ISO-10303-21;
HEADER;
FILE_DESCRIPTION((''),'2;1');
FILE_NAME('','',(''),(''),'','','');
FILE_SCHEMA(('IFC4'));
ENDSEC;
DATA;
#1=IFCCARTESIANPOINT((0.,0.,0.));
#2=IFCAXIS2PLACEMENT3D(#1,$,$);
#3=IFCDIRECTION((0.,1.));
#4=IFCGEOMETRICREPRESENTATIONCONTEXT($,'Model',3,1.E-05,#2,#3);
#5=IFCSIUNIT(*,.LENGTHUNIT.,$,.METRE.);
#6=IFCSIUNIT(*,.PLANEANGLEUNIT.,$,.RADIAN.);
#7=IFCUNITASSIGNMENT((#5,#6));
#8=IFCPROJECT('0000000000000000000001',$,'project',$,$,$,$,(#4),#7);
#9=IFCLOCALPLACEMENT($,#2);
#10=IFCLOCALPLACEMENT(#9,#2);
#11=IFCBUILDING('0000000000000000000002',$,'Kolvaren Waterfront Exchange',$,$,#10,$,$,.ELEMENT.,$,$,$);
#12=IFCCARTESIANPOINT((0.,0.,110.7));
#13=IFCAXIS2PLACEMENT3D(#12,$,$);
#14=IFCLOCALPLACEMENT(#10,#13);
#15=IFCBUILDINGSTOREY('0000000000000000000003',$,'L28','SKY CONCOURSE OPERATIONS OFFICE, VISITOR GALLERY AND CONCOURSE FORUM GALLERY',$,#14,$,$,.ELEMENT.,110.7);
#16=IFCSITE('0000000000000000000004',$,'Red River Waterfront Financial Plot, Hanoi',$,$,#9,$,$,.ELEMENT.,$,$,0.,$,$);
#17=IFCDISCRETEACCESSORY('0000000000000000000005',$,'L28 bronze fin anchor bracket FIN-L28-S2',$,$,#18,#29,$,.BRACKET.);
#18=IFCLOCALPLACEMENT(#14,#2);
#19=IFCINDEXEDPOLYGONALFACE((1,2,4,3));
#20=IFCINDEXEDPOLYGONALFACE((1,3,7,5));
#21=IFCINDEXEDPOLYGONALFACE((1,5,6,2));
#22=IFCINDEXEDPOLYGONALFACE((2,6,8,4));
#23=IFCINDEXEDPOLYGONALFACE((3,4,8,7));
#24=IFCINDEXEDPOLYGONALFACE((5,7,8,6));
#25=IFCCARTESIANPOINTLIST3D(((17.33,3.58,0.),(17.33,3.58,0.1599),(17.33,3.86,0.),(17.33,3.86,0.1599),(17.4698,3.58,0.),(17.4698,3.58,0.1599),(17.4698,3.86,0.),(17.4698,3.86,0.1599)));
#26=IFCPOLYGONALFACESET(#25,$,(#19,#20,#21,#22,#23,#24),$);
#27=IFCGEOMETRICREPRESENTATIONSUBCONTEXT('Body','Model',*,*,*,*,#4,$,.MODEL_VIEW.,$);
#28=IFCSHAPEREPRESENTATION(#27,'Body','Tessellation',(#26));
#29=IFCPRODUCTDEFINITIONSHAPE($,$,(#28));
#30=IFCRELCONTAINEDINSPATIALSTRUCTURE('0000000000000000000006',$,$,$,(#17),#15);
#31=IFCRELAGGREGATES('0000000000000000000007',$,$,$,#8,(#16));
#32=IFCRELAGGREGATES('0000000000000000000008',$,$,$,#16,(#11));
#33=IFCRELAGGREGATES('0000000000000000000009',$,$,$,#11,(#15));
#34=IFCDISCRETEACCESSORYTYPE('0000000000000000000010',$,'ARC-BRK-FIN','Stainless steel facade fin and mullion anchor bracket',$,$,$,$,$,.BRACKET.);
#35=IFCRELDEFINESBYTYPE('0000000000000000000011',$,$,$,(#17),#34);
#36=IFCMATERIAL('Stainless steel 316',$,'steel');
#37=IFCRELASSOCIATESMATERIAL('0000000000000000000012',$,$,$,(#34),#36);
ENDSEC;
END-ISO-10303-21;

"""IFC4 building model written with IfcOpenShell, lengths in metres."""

from ifc_helpers import new_model, si_unit, direction, frame, origin, origin_with_axes, origin_2d, place, context, subcontext, project, spatial, rectangle, extrude, source, transform, mapped, material, type_object, element, save


model = new_model("IFC4")

# Units and contexts
model_context = context("Model", 3, precision=1e-05, world=origin(), true_north=direction((0.0, 1.0)))
body_context = subcontext(model_context, "Body", "Model", "MODEL_VIEW")
ifc_project = project(units=[si_unit("LENGTHUNIT", "METRE"), si_unit("PLANEANGLEUNIT", "RADIAN")], contexts=[model_context])

# Site, building, storey
site_placement = place(None, origin())
site = spatial("IfcSite", under=ifc_project, at=site_placement, Name="Red River Waterfront Financial Plot, Hanoi", CompositionType="ELEMENT", RefElevation=0.0)
building_placement = place(site_placement, origin())
building = spatial("IfcBuilding", under=site, at=building_placement, Name="Kolvaren Waterfront Exchange", CompositionType="ELEMENT")
storey_placement = place(building_placement, frame((0.0, 0.0, 110.7)))
storey = spatial("IfcBuildingStorey", under=building, at=storey_placement, Name="L28", Description="SKY CONCOURSE OPERATIONS OFFICE, VISITOR GALLERY AND CONCOURSE FORUM GALLERY", CompositionType="ELEMENT", Elevation=110.7)

# Shared definitions
ifc_material_1 = material(Name="Stainless steel 316", Category="steel")

# Discrete accessory
discrete_accessory_type = type_object("IfcDiscreteAccessoryType", Name="ARC-BRK-FIN", Description="Stainless steel facade fin and mullion anchor bracket", PredefinedType="BRACKET", material=ifc_material_1)
shared_shape_1 = source(origin_with_axes(), body_context, "Body", "SweptSolid", [
    extrude(rectangle(XDim=0.28, YDim=0.1399, at=origin_2d()), origin(), (0.0, 0.0, 1.0), 0.1599),
])
for number, where, z_axis, x_axis, name in (
    (1, (17.3999, 3.72, 0.0), (0.0, 0.0, 1.0), (0.0, -1.0, 0.0), "L28 bronze fin anchor bracket FIN-L28-S2"),
):
    element("IfcDiscreteAccessory", number, at=place(storey_placement, frame(where, z_axis=z_axis, x_axis=x_axis)), inside=storey, type_object=discrete_accessory_type, Name=name, PredefinedType="BRACKET", context=body_context, shape_type="MappedRepresentation", body=[
        mapped(shared_shape_1, transform((0.0, 0.0, 0.0), x_axis=(1.0, 0.0, 0.0), y_axis=(0.0, 1.0, 0.0), z_axis=(0.0, 0.0, 1.0), scale=1.0)),
    ])

save(model, "model.ifc")
